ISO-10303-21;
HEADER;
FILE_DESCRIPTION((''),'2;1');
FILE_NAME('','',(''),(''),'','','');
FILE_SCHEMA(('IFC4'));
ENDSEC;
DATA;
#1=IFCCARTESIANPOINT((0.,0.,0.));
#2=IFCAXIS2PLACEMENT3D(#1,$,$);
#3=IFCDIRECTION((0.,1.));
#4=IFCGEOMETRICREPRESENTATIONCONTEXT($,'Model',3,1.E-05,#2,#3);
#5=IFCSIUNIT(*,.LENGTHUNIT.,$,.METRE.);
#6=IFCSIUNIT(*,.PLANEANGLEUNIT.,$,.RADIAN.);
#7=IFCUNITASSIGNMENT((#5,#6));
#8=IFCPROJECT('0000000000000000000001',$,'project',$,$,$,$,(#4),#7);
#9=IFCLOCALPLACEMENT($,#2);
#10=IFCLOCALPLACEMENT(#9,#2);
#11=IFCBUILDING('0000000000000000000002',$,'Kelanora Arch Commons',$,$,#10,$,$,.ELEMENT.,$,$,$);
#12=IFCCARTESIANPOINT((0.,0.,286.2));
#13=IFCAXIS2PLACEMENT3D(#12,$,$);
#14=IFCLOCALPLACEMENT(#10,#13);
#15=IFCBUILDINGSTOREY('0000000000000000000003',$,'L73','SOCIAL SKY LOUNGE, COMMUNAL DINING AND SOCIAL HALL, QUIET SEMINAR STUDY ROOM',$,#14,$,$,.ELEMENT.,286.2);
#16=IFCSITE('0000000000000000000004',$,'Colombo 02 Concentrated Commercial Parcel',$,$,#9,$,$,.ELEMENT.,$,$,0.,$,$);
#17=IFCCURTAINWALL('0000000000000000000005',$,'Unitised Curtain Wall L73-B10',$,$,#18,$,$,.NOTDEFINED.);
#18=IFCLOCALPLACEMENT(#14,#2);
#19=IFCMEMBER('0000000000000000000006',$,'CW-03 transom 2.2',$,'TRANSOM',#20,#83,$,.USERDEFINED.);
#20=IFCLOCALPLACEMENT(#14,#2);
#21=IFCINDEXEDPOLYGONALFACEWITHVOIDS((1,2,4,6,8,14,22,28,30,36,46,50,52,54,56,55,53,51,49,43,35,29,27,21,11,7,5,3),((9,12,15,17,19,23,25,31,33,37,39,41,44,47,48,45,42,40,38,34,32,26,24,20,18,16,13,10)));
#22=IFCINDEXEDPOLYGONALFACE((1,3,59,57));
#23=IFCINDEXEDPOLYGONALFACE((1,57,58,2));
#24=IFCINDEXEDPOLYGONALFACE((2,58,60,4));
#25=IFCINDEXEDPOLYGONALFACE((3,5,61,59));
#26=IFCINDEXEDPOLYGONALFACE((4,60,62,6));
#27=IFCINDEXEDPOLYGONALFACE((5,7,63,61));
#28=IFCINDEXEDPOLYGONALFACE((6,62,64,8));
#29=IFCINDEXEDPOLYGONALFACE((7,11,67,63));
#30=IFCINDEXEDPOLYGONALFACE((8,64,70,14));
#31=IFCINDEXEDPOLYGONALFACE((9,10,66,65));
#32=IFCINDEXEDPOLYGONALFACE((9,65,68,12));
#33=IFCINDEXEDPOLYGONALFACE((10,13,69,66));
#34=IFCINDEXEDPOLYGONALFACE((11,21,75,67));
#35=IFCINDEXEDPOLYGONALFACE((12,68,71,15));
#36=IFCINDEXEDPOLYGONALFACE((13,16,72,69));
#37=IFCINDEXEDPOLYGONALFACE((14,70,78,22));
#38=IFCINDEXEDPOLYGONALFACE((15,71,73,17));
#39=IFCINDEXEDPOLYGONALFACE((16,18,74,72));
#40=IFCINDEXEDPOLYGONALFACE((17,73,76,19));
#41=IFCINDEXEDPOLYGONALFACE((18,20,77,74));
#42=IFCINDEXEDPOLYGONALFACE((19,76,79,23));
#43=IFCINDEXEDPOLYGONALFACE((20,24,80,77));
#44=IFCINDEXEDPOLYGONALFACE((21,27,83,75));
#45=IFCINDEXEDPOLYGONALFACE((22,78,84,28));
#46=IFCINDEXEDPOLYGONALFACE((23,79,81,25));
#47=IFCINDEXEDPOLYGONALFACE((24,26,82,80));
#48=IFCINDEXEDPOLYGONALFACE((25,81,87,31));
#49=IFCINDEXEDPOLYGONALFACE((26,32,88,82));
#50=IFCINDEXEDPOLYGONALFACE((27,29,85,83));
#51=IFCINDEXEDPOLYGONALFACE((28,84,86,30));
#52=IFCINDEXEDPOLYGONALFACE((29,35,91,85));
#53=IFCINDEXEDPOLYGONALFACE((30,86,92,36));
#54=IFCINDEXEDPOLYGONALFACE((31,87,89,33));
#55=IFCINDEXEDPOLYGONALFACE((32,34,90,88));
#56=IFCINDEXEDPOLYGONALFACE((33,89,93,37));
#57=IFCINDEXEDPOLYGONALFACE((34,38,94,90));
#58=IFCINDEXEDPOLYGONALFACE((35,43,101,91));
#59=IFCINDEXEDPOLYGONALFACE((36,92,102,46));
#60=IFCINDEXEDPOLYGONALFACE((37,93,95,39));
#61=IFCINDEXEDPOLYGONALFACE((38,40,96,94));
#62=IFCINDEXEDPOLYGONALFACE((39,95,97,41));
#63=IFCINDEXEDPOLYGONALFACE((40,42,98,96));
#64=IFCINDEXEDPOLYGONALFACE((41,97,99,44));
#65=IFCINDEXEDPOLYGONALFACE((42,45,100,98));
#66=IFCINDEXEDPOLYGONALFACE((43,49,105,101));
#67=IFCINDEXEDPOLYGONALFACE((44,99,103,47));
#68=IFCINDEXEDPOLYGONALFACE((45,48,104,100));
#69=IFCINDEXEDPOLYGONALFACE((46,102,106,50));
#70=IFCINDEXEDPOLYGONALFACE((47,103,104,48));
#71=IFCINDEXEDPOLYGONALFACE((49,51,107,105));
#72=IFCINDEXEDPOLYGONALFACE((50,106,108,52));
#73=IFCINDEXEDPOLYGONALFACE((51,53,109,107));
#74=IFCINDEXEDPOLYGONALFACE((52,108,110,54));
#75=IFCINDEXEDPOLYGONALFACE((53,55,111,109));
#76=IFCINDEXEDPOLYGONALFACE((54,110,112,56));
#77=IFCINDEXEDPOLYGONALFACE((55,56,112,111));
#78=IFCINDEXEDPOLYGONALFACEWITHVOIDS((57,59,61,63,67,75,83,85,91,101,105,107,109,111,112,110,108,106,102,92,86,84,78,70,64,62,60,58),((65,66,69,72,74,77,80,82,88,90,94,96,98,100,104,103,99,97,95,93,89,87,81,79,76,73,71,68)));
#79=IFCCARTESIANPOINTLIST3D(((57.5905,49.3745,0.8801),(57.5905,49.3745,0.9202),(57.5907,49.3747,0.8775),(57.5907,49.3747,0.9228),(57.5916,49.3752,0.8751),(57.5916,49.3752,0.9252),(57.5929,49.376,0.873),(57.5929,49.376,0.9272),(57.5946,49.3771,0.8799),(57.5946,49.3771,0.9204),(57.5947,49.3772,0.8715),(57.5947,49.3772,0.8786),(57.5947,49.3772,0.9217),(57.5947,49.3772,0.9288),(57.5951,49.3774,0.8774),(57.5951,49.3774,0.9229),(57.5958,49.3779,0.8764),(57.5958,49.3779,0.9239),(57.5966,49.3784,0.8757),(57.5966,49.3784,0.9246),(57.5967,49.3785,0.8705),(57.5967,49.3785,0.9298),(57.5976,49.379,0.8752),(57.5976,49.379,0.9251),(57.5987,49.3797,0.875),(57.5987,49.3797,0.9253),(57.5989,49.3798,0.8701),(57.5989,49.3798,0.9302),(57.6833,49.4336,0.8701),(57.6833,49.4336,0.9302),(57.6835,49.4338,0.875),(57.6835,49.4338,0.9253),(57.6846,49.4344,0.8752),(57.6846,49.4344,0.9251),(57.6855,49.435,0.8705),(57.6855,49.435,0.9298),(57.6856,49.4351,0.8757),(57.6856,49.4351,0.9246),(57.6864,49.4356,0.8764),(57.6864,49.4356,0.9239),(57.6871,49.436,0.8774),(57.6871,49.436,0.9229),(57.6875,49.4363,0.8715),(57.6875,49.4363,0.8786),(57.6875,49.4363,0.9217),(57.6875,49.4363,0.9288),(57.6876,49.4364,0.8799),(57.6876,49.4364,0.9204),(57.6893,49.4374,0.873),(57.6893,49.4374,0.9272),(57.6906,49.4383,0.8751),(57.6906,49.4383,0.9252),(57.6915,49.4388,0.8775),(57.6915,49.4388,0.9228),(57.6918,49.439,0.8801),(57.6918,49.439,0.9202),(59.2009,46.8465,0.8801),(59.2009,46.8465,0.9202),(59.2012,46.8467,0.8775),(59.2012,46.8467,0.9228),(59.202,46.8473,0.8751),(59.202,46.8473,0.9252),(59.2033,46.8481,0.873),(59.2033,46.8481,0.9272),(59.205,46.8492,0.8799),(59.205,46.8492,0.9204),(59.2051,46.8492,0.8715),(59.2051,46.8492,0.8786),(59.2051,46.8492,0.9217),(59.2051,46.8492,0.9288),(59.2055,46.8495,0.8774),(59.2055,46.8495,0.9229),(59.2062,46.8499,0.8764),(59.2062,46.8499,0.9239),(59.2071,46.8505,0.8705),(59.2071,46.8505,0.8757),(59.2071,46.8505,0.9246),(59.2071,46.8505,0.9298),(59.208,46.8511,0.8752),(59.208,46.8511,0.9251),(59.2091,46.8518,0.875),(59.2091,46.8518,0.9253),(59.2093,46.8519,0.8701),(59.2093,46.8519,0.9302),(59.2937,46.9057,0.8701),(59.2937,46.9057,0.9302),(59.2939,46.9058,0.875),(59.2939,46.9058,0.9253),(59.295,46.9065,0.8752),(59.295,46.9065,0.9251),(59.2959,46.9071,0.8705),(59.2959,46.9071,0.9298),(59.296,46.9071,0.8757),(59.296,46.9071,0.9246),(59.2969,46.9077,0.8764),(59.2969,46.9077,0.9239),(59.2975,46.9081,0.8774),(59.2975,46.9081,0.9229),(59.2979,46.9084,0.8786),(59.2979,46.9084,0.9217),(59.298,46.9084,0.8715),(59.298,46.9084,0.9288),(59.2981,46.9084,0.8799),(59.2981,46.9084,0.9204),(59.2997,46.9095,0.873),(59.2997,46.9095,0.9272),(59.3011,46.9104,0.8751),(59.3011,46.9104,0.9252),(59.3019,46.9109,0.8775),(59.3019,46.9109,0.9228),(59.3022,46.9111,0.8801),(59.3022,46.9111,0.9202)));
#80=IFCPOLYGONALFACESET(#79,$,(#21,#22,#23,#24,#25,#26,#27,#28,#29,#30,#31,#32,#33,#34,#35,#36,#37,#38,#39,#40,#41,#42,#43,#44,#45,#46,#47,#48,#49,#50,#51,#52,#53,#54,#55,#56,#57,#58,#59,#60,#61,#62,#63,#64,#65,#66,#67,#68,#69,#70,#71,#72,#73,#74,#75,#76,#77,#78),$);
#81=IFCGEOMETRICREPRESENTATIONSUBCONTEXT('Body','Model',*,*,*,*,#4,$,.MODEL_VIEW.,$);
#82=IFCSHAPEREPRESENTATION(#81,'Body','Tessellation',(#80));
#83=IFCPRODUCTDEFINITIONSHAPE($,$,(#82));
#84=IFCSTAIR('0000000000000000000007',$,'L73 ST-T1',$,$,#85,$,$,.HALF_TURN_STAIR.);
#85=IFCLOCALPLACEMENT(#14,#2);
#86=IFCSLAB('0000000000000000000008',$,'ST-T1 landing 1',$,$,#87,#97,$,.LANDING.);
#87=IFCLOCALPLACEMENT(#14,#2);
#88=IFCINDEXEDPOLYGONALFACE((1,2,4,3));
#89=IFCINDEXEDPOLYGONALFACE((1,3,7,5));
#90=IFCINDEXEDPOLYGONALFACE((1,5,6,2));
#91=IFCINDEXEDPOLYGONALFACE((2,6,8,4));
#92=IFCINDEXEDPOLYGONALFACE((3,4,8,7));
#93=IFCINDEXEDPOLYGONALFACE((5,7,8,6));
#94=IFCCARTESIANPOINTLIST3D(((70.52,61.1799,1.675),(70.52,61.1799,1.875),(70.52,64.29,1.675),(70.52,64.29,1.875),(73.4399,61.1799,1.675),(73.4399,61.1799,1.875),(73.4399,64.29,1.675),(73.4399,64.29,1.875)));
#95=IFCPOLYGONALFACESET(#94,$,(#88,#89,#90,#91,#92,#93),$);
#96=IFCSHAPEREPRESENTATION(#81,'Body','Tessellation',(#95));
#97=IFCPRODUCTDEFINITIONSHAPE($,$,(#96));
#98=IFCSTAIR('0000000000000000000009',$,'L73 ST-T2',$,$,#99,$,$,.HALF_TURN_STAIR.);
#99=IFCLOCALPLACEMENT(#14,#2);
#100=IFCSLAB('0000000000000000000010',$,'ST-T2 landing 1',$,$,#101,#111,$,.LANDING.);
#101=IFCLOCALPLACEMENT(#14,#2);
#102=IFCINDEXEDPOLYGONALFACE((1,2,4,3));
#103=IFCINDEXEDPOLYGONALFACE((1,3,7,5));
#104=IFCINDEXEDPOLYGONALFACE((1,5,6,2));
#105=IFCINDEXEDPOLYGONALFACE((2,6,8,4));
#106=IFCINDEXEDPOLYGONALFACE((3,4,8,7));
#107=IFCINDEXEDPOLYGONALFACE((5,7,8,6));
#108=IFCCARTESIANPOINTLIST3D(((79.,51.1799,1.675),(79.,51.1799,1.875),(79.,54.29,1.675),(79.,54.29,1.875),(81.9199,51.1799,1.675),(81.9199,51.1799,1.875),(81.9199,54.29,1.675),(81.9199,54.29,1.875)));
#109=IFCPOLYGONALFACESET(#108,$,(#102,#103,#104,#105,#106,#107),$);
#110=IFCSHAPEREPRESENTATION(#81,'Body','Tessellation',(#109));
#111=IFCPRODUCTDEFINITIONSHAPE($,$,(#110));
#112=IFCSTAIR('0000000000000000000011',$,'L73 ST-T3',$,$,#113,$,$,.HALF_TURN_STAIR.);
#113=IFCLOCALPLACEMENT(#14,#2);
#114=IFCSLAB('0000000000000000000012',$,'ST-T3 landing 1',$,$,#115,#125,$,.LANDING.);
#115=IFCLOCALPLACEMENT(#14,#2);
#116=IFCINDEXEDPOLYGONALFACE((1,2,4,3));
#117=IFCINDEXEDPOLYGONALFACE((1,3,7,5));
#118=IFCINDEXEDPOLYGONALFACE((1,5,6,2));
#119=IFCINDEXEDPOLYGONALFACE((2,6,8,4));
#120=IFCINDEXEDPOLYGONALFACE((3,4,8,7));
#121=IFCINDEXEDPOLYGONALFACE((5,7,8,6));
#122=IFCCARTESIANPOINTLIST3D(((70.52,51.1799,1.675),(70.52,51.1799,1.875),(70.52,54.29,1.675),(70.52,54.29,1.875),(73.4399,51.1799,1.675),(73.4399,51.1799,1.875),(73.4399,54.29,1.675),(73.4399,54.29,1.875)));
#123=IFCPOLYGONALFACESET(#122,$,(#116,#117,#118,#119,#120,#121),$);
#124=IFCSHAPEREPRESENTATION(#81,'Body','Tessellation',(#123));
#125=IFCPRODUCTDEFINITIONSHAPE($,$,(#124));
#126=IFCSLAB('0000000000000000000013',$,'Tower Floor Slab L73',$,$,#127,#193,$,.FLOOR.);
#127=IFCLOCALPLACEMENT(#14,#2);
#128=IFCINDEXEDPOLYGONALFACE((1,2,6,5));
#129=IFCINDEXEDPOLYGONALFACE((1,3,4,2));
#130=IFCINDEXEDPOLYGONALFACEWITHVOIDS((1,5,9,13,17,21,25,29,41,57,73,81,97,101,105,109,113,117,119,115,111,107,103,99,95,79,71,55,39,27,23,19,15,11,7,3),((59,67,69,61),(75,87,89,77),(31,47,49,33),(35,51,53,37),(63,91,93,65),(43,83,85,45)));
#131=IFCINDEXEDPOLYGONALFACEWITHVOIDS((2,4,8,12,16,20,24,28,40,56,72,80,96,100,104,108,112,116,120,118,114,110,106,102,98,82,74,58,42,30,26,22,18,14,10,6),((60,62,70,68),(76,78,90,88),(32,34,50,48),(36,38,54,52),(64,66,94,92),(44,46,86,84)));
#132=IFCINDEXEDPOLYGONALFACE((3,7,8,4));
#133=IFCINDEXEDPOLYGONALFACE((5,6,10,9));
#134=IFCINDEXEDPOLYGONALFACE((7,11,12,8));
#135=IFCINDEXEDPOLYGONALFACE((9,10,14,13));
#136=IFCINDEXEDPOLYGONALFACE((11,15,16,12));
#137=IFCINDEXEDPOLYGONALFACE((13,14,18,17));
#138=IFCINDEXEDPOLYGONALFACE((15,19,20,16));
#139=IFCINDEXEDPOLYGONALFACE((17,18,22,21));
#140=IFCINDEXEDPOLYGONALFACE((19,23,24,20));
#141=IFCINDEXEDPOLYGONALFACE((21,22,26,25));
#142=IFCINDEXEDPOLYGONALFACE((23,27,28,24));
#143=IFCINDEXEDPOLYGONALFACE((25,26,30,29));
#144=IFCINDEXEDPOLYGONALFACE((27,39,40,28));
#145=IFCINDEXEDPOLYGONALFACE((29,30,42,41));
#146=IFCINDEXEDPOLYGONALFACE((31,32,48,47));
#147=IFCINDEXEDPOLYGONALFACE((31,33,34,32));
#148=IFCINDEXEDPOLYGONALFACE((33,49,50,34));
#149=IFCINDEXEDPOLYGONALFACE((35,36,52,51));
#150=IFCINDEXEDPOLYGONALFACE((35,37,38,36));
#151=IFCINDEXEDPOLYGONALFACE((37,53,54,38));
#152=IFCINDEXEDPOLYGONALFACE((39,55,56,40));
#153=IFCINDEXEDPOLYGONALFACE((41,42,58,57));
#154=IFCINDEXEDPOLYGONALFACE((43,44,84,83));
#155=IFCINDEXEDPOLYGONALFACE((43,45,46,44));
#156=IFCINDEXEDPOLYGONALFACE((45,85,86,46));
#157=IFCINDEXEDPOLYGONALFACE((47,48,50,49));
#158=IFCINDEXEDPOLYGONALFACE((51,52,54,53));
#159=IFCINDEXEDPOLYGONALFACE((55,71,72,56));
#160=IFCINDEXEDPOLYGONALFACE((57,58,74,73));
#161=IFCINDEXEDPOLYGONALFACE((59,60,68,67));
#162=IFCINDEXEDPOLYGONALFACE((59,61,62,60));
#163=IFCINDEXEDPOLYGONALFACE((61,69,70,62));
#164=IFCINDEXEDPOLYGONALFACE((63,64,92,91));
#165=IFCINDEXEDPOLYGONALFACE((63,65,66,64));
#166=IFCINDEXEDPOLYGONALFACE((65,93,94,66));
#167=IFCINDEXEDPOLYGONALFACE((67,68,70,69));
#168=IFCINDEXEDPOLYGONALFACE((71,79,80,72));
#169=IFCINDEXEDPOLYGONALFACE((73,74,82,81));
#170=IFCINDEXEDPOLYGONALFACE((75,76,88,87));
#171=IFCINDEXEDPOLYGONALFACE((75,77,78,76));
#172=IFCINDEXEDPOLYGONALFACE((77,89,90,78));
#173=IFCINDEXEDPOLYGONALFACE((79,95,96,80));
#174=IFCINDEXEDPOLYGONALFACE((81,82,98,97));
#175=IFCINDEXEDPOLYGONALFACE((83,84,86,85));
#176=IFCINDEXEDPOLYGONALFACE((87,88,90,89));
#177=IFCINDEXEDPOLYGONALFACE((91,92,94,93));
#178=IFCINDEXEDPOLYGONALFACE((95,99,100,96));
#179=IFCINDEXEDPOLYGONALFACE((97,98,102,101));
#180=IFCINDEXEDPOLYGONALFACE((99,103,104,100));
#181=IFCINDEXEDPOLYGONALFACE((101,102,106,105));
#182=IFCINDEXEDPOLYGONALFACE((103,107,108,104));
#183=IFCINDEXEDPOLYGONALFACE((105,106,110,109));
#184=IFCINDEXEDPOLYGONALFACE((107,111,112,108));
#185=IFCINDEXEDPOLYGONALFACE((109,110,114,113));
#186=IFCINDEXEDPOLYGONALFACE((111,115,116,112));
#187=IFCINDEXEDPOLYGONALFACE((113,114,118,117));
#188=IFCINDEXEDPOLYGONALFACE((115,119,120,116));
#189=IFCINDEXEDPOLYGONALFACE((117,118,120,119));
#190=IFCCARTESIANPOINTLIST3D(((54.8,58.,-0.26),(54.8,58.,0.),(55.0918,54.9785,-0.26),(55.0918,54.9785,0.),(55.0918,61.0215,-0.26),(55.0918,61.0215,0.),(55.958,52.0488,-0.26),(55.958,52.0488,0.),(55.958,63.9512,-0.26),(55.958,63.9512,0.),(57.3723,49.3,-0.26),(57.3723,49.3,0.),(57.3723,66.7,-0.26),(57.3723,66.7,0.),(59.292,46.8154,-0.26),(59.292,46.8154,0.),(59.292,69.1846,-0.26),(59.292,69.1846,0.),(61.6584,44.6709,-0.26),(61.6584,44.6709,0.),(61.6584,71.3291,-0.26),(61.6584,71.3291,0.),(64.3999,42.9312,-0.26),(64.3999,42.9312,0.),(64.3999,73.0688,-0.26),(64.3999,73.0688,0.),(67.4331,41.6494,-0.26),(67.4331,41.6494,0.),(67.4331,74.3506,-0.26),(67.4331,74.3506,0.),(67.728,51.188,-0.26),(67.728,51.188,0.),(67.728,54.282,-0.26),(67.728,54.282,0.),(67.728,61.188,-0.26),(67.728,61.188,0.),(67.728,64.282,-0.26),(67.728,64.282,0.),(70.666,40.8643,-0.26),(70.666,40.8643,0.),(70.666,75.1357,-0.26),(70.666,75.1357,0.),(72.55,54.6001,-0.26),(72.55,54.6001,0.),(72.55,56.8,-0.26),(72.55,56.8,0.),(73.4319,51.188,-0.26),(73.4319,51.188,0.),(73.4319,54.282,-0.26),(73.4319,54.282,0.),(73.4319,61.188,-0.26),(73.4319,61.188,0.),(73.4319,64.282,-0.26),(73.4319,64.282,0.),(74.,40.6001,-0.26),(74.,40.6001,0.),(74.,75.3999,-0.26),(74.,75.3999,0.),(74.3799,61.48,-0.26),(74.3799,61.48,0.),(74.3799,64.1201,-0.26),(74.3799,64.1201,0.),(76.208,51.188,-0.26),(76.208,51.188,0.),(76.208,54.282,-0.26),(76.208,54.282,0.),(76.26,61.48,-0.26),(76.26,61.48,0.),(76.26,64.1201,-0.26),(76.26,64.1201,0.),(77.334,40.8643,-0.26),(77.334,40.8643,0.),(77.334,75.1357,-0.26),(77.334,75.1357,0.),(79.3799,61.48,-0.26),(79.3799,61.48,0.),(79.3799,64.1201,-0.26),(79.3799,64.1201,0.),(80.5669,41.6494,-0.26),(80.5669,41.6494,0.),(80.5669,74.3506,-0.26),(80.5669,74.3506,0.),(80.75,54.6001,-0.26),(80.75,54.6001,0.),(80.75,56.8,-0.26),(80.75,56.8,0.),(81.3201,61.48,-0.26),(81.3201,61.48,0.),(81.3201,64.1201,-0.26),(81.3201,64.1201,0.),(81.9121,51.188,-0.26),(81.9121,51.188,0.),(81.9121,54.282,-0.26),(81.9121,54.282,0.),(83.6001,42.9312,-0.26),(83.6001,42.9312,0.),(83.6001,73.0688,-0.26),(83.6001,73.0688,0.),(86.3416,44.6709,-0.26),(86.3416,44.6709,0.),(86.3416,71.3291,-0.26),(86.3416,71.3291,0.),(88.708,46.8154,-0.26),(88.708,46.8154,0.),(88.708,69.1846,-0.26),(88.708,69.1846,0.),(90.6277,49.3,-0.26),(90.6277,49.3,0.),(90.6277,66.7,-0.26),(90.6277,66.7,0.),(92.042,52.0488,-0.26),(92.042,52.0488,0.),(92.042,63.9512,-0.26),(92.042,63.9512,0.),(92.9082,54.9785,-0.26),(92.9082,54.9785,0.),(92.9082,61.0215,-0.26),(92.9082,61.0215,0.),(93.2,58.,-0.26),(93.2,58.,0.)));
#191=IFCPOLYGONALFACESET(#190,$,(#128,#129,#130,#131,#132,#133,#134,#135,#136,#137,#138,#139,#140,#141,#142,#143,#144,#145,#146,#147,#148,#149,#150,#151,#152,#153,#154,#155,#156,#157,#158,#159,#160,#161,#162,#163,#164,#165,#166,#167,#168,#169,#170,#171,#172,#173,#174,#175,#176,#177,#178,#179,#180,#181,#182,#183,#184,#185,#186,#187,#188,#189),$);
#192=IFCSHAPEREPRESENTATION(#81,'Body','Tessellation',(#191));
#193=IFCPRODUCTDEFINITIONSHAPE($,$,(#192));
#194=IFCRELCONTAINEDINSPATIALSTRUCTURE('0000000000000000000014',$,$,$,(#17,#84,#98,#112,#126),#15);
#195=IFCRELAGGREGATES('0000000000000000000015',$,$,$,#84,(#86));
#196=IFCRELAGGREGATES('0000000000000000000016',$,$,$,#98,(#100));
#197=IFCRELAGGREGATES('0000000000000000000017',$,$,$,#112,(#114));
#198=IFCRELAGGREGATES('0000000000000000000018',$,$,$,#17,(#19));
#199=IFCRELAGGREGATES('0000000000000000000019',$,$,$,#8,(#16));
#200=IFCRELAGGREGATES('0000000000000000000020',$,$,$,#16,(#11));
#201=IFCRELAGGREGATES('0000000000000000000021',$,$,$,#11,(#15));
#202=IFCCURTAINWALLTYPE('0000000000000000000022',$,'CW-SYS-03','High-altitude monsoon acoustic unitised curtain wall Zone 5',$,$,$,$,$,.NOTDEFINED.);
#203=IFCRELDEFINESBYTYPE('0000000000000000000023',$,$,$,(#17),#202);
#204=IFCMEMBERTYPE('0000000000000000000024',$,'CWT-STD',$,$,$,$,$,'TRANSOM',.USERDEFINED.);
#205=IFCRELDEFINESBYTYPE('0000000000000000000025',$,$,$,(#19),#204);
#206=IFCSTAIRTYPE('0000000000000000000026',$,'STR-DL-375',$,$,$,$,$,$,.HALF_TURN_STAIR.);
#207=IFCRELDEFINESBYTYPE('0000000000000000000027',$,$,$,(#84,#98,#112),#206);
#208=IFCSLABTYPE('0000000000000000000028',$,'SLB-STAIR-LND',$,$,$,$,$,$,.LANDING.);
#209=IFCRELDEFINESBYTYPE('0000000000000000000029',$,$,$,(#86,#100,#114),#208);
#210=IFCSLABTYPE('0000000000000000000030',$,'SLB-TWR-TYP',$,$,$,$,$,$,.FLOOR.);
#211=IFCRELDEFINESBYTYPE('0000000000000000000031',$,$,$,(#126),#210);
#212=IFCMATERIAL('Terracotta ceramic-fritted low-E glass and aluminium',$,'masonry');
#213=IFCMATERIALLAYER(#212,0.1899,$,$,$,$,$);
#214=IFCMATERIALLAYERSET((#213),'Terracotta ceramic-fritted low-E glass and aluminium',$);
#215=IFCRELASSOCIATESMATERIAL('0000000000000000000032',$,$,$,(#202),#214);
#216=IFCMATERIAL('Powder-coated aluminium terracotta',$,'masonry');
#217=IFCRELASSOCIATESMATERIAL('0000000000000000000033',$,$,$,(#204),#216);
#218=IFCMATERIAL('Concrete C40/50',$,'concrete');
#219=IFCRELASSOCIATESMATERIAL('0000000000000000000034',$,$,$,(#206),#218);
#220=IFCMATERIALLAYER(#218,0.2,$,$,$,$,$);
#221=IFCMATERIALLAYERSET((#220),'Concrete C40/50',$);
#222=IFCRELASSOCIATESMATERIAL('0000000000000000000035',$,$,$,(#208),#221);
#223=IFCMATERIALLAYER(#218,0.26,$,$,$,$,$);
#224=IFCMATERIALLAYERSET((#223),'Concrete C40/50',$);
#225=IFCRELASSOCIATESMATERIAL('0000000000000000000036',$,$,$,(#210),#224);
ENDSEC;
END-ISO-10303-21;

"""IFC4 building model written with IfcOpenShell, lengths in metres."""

from ifc_helpers import new_model, si_unit, direction, frame, origin, origin_2d, place, context, subcontext, project, spatial, polyline, hollow_rectangle, outline, extrude, material, layer, layer_set, material_profile, profile_set, type_object, element, aggregate, save


model = new_model("IFC4")

# Units and contexts
model_context = context("Model", 3, precision=1e-05, world=origin(), true_north=direction((0.0, 1.0)))
body_context = subcontext(model_context, "Body", "Model", "MODEL_VIEW")
ifc_project = project(units=[si_unit("LENGTHUNIT", "METRE"), si_unit("PLANEANGLEUNIT", "RADIAN")], contexts=[model_context])

# Site, building, storey
site_placement = place(None, origin())
site = spatial("IfcSite", under=ifc_project, at=site_placement, Name="Colombo 02 Concentrated Commercial Parcel", CompositionType="ELEMENT", RefElevation=0.0)
building_placement = place(site_placement, origin())
building = spatial("IfcBuilding", under=site, at=building_placement, Name="Kelanora Arch Commons", CompositionType="ELEMENT")
storey_placement = place(building_placement, frame((0.0, 0.0, 286.2)))
storey = spatial("IfcBuildingStorey", under=building, at=storey_placement, Name="L73", Description="SOCIAL SKY LOUNGE, COMMUNAL DINING AND SOCIAL HALL, QUIET SEMINAR STUDY ROOM", CompositionType="ELEMENT", Elevation=286.2)

# Curtain wall, member
ifc_material_1 = material(Name="Terracotta ceramic-fritted low-E glass and aluminium", Category="masonry")
ifc_layer_1 = layer(ifc_material_1, 0.1899)
ifc_layer_set_1 = layer_set([ifc_layer_1], Name="Terracotta ceramic-fritted low-E glass and aluminium")
curtain_wall_type = type_object("IfcCurtainWallType", Name="CW-SYS-03", Description="High-altitude monsoon acoustic unitised curtain wall Zone 5", PredefinedType="NOTDEFINED", material=ifc_layer_set_1)
curtain_wall_placement = place(storey_placement, origin())
curtain_wall = element("IfcCurtainWall", 1, at=curtain_wall_placement, inside=storey, type_object=curtain_wall_type, Name="Unitised Curtain Wall L73-B10", PredefinedType="NOTDEFINED")
ifc_material_2 = material(Name="Powder-coated aluminium terracotta", Category="masonry")
ifc_material_profile_1 = material_profile(ifc_material_2, hollow_rectangle(XDim=0.1201, YDim=0.0601, WallThickness=0.0049, InnerFilletRadius=0.0049, OuterFilletRadius=0.01, at=origin_2d()), Name="CWT120x60")
ifc_profile_set_1 = profile_set([ifc_material_profile_1], Name="Powder-coated aluminium terracotta")
member_type_1 = type_object("IfcMemberType", Name="CWT-STD", ElementType="TRANSOM", PredefinedType="USERDEFINED", material=ifc_profile_set_1)
member_1_placement = place(storey_placement, frame((57.6411, 49.4067, 0.9001), z_axis=(0.537287, -0.8434, 0.0), x_axis=(0.8434, 0.537287, 0.0)))
member_1 = element("IfcMember", 2, at=member_1_placement, type_object=member_type_1, Name="CW-03 transom 2.2", ObjectType="TRANSOM", PredefinedType="USERDEFINED", context=body_context, shape_type="SweptSolid", body=[
    extrude(hollow_rectangle(XDim=0.1201, YDim=0.0601, WallThickness=0.0049, InnerFilletRadius=0.0049, OuterFilletRadius=0.01, at=origin_2d()), origin(), (0.0, 0.0, 1.0), 2.9973),
])

# Stairs, slabs
ifc_material_3 = material(Name="Concrete C40/50", Category="concrete")
stair_type = type_object("IfcStairType", Name="STR-DL-375", PredefinedType="HALF_TURN_STAIR", material=ifc_material_3)
stair_1_placement = place(storey_placement, origin())
stair_1 = element("IfcStair", 3, at=stair_1_placement, inside=storey, type_object=stair_type, Name="L73 ST-T1", PredefinedType="HALF_TURN_STAIR")
ifc_layer_2 = layer(ifc_material_3, 0.2)
ifc_layer_set_2 = layer_set([ifc_layer_2], Name="Concrete C40/50")
slab_type_1 = type_object("IfcSlabType", Name="SLB-STAIR-LND", PredefinedType="LANDING", material=ifc_layer_set_2)
slab_1_placement = place(storey_placement, frame((0.0, 0.0, 1.675)))
slab_1 = element("IfcSlab", 4, at=slab_1_placement, type_object=slab_type_1, Name="ST-T1 landing 1", PredefinedType="LANDING", context=body_context, shape_type="SweptSolid", body=[
    extrude(outline(polyline([(70.52, 61.1799), (73.4399, 61.1799), (73.4399, 64.29), (70.52, 64.29), (70.52, 61.1799)])), origin(), (0.0, 0.0, 1.0), 0.2),
])
aggregate(stair_1, [slab_1])
stair_2_placement = place(storey_placement, origin())
stair_2 = element("IfcStair", 5, at=stair_2_placement, inside=storey, type_object=stair_type, Name="L73 ST-T2", PredefinedType="HALF_TURN_STAIR")
slab_2_placement = place(storey_placement, frame((0.0, 0.0, 1.675)))
slab_2 = element("IfcSlab", 6, at=slab_2_placement, type_object=slab_type_1, Name="ST-T2 landing 1", PredefinedType="LANDING", context=body_context, shape_type="SweptSolid", body=[
    extrude(outline(polyline([(79.0, 51.1799), (81.9199, 51.1799), (81.9199, 54.29), (79.0, 54.29), (79.0, 51.1799)])), origin(), (0.0, 0.0, 1.0), 0.2),
])
aggregate(stair_2, [slab_2])
stair_3_placement = place(storey_placement, origin())
stair_3 = element("IfcStair", 7, at=stair_3_placement, inside=storey, type_object=stair_type, Name="L73 ST-T3", PredefinedType="HALF_TURN_STAIR")
slab_3_placement = place(storey_placement, frame((0.0, 0.0, 1.675)))
slab_3 = element("IfcSlab", 8, at=slab_3_placement, type_object=slab_type_1, Name="ST-T3 landing 1", PredefinedType="LANDING", context=body_context, shape_type="SweptSolid", body=[
    extrude(outline(polyline([(70.52, 51.1799), (73.4399, 51.1799), (73.4399, 54.29), (70.52, 54.29), (70.52, 51.1799)])), origin(), (0.0, 0.0, 1.0), 0.2),
])
aggregate(stair_3, [slab_3])

# Slab
ifc_layer_3 = layer(ifc_material_3, 0.26)
ifc_layer_set_3 = layer_set([ifc_layer_3], Name="Concrete C40/50")
slab_type_2 = type_object("IfcSlabType", Name="SLB-TWR-TYP", PredefinedType="FLOOR", material=ifc_layer_set_3)
slab_4_placement = place(storey_placement, frame((0.0, 0.0, -0.26)))
element("IfcSlab", 9, at=slab_4_placement, inside=storey, type_object=slab_type_2, Name="Tower Floor Slab L73", PredefinedType="FLOOR", context=body_context, shape_type="SweptSolid", body=[
    extrude(outline(polyline([(93.2, 58.0), (92.9082, 61.0215), (92.042, 63.9512), (90.6277, 66.7), (88.708, 69.1846), (86.3416, 71.3291), (83.6001, 73.0688), (80.5669, 74.3506), (77.334, 75.1357), (74.0, 75.3999), (70.666, 75.1357), (67.4331, 74.3506), (64.3999, 73.0688), (61.6584, 71.3291), (59.292, 69.1846), (57.3723, 66.7), (55.958, 63.9512), (55.0918, 61.0215), (54.8, 58.0), (55.0918, 54.9785), (55.958, 52.0488), (57.3723, 49.3), (59.292, 46.8154), (61.6584, 44.6709), (64.3999, 42.9312), (67.4331, 41.6494), (70.666, 40.8643), (74.0, 40.6001), (77.334, 40.8643), (80.5669, 41.6494), (83.6001, 42.9312), (86.3416, 44.6709), (88.708, 46.8154), (90.6277, 49.3), (92.042, 52.0488), (92.9082, 54.9785), (93.2, 58.0)]), holes=[polyline([(73.4319, 51.188), (67.728, 51.188), (67.728, 54.282), (73.4319, 54.282), (73.4319, 51.188)]), polyline([(76.208, 51.188), (76.208, 54.282), (81.9121, 54.282), (81.9121, 51.188), (76.208, 51.188)]), polyline([(72.55, 54.6001), (72.55, 56.8), (80.75, 56.8), (80.75, 54.6001), (72.55, 54.6001)]), polyline([(73.4319, 61.188), (67.728, 61.188), (67.728, 64.282), (73.4319, 64.282), (73.4319, 61.188)]), polyline([(74.3799, 61.48), (74.3799, 64.1201), (76.26, 64.1201), (76.26, 61.48), (74.3799, 61.48)]), polyline([(79.3799, 61.48), (79.3799, 64.1201), (81.3201, 64.1201), (81.3201, 61.48), (79.3799, 61.48)])]), origin(), (0.0, 0.0, 1.0), 0.26),
])

aggregate(curtain_wall, [member_1])

save(model, "model.ifc")
